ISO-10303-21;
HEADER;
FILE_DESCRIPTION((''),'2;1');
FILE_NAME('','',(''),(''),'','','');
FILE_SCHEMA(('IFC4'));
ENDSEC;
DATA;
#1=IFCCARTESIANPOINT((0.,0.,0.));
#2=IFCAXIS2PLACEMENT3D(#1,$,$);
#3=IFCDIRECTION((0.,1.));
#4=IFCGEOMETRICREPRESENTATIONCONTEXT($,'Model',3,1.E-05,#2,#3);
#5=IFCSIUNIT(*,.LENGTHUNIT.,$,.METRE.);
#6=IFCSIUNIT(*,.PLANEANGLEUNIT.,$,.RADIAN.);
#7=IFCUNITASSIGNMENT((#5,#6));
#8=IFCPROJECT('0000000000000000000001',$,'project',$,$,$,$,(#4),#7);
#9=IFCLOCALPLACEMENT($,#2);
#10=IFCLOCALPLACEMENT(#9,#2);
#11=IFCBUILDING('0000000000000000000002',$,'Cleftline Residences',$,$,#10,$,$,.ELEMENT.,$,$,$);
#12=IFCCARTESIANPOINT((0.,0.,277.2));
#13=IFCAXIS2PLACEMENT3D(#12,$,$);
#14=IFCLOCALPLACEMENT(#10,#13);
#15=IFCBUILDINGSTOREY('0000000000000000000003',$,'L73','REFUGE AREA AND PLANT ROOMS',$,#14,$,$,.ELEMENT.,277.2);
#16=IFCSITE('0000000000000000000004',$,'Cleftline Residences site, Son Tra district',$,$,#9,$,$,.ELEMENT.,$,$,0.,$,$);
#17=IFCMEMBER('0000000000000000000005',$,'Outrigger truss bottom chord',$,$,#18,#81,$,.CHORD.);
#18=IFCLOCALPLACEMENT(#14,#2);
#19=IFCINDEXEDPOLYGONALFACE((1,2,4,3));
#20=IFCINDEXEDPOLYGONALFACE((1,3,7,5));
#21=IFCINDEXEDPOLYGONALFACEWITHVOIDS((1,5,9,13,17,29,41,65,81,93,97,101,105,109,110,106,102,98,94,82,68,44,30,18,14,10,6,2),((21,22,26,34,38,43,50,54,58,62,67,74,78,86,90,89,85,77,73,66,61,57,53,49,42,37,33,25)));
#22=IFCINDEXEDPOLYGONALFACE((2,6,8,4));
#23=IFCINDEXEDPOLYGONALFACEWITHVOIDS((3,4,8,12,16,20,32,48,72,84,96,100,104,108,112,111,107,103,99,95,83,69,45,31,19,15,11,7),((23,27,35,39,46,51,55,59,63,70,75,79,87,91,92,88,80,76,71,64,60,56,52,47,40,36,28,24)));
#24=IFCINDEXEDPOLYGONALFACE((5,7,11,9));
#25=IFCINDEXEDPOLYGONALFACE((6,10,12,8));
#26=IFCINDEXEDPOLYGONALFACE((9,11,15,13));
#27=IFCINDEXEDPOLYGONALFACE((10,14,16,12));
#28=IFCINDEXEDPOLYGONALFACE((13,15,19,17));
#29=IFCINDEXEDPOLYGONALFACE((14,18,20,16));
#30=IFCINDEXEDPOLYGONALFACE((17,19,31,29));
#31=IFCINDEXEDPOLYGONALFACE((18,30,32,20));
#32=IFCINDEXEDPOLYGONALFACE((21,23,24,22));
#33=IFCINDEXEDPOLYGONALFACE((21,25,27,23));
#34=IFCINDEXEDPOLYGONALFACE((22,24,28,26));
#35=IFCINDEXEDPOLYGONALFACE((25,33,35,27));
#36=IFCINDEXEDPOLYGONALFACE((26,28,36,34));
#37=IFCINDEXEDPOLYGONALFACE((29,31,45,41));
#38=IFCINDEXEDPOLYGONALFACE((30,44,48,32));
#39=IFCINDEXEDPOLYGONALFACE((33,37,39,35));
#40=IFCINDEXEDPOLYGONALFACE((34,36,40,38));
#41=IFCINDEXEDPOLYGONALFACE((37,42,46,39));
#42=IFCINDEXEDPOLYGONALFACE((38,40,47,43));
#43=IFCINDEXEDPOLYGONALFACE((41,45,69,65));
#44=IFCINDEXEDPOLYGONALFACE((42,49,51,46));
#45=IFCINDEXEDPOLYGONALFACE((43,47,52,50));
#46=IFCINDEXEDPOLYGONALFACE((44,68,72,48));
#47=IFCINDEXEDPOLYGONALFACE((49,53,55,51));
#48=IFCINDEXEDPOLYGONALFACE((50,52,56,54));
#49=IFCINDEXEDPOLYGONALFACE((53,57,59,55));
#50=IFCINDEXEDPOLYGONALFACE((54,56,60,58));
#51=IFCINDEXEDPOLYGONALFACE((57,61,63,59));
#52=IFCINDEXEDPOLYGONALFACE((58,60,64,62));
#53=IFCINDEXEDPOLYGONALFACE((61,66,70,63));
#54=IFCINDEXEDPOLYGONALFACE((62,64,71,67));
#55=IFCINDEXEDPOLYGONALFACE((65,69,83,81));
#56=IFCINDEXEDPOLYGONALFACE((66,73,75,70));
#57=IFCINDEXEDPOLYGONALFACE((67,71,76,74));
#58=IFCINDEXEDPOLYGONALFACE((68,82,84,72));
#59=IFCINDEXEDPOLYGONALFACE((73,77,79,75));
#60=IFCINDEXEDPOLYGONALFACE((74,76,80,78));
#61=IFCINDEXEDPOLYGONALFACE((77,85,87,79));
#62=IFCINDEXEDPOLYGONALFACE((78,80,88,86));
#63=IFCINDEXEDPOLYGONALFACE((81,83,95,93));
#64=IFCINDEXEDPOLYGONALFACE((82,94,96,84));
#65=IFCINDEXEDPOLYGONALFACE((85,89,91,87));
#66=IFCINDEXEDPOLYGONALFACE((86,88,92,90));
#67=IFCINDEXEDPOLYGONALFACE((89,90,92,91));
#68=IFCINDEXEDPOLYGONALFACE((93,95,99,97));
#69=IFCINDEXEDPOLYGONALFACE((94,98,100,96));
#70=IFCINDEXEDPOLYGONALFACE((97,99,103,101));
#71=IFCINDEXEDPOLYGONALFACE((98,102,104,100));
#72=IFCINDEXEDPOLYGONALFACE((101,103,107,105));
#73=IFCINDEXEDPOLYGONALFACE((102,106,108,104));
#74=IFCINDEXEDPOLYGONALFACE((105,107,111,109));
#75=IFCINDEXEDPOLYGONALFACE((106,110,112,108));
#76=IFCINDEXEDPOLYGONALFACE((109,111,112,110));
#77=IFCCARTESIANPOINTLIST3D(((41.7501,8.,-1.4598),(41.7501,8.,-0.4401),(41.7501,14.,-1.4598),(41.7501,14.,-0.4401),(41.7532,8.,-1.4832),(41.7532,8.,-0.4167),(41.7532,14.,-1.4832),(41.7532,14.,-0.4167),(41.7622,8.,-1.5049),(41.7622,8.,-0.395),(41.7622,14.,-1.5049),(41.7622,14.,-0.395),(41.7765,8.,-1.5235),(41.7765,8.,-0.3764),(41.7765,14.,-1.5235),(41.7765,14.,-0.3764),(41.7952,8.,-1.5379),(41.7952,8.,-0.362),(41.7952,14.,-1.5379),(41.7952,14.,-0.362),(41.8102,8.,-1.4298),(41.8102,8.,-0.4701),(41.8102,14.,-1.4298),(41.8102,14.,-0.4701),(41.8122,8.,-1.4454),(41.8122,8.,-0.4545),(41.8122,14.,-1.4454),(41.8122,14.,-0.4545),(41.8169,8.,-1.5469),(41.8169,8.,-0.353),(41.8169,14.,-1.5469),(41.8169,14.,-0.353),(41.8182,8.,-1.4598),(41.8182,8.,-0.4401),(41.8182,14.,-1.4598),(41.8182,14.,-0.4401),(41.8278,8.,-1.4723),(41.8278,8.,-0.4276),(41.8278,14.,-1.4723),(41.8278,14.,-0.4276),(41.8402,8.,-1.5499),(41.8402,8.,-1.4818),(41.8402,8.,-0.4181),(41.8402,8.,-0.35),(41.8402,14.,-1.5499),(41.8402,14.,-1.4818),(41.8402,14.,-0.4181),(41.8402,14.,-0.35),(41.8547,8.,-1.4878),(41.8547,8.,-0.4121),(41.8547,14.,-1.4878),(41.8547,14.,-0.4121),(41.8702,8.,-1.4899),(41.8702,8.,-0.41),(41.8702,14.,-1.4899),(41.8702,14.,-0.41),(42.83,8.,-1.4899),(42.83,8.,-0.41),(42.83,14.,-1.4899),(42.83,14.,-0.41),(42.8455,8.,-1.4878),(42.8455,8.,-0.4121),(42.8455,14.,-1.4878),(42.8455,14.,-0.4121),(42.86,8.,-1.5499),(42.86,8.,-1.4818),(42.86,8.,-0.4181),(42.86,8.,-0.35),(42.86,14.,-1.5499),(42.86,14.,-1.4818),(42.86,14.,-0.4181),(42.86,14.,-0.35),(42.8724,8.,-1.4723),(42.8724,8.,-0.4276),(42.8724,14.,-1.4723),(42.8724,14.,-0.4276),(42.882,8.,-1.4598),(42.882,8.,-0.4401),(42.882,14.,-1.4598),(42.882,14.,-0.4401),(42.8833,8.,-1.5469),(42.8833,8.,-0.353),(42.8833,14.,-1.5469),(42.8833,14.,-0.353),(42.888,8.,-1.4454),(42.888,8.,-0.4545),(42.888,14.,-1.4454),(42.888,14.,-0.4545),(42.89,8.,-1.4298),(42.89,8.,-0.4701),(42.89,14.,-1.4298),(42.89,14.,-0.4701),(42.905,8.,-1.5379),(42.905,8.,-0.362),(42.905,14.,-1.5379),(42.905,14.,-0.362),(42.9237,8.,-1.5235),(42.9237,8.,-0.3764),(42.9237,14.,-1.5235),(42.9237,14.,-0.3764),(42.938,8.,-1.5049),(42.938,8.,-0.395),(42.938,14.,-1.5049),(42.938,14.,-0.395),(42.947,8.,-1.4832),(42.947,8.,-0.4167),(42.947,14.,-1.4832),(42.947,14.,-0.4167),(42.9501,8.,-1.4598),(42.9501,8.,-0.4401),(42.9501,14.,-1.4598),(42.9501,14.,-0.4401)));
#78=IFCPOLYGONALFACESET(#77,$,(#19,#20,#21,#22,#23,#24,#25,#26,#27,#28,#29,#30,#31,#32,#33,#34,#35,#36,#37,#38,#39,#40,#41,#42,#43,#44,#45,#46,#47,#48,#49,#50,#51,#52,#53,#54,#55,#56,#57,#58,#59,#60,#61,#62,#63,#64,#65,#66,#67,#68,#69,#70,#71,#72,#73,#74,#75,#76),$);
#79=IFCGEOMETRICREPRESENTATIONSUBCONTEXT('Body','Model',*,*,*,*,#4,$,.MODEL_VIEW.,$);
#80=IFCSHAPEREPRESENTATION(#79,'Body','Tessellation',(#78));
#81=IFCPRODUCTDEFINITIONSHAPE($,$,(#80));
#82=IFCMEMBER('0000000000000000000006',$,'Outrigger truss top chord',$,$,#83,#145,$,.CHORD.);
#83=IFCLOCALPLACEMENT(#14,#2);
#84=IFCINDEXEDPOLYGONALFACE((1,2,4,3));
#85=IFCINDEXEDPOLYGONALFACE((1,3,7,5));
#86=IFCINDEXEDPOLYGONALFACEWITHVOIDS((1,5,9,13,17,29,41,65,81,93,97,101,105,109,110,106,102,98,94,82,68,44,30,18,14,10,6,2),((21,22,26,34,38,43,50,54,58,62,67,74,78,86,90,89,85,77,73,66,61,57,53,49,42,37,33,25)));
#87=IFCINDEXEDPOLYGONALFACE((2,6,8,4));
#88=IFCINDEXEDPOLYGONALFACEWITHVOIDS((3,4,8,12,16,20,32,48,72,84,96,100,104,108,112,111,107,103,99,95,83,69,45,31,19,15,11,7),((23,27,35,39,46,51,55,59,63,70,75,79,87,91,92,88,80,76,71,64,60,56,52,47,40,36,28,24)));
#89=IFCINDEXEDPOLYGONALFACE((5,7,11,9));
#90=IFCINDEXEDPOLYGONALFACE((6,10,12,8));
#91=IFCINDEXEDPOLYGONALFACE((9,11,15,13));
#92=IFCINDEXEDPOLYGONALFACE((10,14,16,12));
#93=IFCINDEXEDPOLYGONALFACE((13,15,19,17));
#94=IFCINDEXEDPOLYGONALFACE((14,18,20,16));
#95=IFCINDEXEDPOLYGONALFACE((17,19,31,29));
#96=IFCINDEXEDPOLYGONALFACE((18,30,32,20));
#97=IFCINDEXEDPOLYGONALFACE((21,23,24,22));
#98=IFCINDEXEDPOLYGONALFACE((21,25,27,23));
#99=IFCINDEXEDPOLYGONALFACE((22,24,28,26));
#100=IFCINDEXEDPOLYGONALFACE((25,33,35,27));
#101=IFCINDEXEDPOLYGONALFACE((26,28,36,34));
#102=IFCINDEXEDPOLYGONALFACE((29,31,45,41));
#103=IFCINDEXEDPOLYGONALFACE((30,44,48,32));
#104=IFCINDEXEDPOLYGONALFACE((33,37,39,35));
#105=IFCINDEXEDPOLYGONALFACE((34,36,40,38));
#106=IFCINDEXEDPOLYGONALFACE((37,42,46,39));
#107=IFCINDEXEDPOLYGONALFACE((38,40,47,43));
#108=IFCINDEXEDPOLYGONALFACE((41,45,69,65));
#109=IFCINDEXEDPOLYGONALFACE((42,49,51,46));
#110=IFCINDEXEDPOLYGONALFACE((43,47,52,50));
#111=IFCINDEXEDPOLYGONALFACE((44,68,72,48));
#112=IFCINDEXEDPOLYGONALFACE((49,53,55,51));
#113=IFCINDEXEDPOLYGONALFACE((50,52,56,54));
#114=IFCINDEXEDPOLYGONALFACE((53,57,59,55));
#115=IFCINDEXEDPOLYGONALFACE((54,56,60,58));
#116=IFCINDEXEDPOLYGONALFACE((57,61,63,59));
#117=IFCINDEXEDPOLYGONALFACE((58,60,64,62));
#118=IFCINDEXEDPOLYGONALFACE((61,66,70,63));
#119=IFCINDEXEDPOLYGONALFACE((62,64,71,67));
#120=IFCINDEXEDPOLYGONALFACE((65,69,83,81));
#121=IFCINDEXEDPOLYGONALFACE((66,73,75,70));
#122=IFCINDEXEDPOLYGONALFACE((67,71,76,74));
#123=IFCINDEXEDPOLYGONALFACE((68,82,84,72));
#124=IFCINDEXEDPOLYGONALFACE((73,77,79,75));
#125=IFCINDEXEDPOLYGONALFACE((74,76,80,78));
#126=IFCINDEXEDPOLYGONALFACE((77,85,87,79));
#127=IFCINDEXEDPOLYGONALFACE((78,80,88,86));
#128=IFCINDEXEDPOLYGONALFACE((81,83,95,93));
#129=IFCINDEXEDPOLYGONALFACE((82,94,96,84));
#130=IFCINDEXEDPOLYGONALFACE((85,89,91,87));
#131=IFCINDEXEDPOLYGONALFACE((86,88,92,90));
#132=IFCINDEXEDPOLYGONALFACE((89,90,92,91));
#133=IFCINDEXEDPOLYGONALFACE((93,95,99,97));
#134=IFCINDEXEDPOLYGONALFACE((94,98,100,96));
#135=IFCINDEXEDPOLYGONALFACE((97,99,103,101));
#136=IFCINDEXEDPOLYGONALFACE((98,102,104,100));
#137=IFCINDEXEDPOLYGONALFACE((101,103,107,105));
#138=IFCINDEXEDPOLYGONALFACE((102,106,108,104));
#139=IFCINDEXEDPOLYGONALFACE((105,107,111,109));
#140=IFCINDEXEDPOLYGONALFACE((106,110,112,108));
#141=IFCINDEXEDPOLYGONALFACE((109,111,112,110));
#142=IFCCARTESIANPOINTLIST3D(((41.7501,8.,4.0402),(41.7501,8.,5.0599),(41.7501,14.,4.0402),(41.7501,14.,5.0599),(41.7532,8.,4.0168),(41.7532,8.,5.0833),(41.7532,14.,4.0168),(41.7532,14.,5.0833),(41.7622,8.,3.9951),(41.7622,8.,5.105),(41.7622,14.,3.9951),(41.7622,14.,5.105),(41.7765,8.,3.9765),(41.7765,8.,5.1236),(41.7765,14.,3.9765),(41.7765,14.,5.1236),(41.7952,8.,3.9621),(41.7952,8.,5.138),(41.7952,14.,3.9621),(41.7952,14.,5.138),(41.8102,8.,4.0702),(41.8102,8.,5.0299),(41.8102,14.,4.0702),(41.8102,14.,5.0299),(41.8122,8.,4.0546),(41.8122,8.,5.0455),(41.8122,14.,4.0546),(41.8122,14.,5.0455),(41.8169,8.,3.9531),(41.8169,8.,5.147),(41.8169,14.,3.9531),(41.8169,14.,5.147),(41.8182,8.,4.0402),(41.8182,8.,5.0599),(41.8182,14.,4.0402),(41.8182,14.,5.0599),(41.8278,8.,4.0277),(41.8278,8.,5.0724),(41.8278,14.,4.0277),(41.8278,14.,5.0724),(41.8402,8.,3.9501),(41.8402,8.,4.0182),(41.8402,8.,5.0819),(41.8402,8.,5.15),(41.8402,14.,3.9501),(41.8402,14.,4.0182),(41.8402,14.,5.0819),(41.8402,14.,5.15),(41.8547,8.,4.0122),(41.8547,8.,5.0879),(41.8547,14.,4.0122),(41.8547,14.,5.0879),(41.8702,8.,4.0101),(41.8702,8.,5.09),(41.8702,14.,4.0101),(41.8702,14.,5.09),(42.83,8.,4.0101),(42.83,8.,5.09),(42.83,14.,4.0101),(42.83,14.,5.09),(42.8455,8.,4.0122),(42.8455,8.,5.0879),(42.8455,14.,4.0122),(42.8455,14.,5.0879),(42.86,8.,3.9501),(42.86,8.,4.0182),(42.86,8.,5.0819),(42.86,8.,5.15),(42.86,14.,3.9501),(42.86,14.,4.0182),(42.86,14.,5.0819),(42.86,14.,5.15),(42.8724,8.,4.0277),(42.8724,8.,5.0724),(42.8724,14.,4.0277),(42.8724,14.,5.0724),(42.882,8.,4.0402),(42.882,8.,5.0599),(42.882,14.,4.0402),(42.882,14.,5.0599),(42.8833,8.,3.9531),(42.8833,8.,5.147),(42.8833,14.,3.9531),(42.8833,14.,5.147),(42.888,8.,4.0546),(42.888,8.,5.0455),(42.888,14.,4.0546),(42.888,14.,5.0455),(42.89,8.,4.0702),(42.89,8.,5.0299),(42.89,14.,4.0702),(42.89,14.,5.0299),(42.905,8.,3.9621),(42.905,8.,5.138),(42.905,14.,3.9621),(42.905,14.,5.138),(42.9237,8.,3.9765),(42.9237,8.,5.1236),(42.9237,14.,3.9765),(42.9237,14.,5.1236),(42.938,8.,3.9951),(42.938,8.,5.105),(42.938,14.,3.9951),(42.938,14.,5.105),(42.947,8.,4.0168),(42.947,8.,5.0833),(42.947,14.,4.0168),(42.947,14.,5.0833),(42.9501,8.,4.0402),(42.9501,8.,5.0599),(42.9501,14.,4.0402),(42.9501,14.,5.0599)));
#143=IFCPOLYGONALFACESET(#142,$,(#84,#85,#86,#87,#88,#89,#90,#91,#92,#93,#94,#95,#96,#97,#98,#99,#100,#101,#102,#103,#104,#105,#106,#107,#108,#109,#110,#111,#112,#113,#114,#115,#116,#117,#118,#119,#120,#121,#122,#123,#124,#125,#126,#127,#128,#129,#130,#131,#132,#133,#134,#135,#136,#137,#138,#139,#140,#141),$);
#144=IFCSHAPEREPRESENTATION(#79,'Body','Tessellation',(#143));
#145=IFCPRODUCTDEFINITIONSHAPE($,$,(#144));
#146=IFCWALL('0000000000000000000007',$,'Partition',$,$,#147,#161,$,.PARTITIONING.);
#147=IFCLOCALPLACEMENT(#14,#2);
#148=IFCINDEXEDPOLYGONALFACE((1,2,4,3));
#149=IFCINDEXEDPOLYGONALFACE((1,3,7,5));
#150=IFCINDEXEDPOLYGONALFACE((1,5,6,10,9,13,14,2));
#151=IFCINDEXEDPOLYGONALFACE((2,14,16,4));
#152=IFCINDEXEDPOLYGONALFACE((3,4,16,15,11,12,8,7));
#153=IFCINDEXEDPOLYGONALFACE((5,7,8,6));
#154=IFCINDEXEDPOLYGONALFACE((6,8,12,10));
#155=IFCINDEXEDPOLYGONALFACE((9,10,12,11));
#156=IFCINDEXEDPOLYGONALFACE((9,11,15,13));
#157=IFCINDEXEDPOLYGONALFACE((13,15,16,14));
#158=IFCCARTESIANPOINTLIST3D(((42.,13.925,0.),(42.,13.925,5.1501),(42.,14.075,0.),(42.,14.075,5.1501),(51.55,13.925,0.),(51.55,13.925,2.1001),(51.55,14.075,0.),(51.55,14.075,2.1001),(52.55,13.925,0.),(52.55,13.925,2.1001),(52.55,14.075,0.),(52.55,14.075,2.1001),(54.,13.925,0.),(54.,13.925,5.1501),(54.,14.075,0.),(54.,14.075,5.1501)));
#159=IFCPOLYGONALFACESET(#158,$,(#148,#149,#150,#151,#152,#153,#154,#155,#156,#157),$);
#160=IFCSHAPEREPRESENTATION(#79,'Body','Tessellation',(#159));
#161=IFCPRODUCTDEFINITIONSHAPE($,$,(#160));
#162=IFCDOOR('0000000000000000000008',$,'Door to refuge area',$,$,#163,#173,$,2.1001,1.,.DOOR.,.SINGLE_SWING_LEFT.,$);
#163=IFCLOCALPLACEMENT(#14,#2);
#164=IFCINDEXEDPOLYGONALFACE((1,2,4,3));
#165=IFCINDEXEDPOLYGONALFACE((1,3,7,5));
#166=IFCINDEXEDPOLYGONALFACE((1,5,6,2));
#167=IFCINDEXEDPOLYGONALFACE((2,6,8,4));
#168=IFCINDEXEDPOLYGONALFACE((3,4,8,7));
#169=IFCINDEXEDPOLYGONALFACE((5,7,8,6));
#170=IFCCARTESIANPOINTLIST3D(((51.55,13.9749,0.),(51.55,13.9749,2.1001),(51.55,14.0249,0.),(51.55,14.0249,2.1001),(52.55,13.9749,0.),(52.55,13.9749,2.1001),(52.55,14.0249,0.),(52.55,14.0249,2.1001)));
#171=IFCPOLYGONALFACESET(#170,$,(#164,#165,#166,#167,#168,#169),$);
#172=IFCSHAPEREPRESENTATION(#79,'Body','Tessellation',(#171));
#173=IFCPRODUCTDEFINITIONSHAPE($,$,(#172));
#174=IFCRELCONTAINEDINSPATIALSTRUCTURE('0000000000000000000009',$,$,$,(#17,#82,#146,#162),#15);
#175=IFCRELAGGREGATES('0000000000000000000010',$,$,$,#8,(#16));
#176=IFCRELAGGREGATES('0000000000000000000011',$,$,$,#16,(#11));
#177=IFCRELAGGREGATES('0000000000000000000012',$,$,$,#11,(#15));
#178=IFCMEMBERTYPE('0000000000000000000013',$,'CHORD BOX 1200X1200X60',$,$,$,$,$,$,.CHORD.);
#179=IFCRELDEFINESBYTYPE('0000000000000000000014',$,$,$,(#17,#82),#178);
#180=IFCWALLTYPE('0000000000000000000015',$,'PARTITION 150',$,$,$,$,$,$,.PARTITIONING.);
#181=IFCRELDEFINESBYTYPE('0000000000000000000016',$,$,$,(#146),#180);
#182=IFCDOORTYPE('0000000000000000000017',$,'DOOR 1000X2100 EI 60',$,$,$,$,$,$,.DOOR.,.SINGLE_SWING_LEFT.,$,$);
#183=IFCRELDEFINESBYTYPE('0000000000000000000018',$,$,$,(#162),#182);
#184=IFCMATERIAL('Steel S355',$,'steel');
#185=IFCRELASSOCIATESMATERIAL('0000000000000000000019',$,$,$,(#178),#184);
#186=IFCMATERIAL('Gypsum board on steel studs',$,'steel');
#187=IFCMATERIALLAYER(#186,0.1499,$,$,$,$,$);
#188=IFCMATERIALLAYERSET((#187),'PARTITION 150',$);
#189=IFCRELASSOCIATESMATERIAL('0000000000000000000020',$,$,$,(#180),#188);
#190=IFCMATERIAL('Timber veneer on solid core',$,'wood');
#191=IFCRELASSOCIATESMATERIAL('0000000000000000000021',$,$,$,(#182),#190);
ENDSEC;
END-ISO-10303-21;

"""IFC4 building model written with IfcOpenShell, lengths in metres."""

from ifc_helpers import new_model, si_unit, direction, frame, frame_2d, origin, origin_2d, place, context, subcontext, project, spatial, rectangle, hollow_rectangle, extrude, material, layer, layer_set, material_profile, profile_set, type_object, element, fill, save


model = new_model("IFC4")

# Units and contexts
model_context = context("Model", 3, precision=1e-05, world=origin(), true_north=direction((0.0, 1.0)))
body_context = subcontext(model_context, "Body", "Model", "MODEL_VIEW")
ifc_project = project(units=[si_unit("LENGTHUNIT", "METRE"), si_unit("PLANEANGLEUNIT", "RADIAN")], contexts=[model_context])

# Site, building, storey
site_placement = place(None, origin())
site = spatial("IfcSite", under=ifc_project, at=site_placement, Name="Cleftline Residences site, Son Tra district", CompositionType="ELEMENT", RefElevation=0.0)
building_placement = place(site_placement, origin())
building = spatial("IfcBuilding", under=site, at=building_placement, Name="Cleftline Residences", CompositionType="ELEMENT")
storey_placement = place(building_placement, frame((0.0, 0.0, 277.2)))
storey = spatial("IfcBuildingStorey", under=building, at=storey_placement, Name="L73", Description="REFUGE AREA AND PLANT ROOMS", CompositionType="ELEMENT", Elevation=277.2)

# Members
ifc_material_1 = material(Name="Steel S355", Category="steel")
ifc_material_profile_1 = material_profile(ifc_material_1, hollow_rectangle(XDim=1.2, YDim=1.2, WallThickness=0.0601, InnerFilletRadius=0.0601, OuterFilletRadius=0.0901, at=origin_2d()))
ifc_profile_set_1 = profile_set([ifc_material_profile_1], Name="Steel S355")
member_type_1 = type_object("IfcMemberType", Name="CHORD BOX 1200X1200X60", PredefinedType="CHORD", material=ifc_profile_set_1)
for number, where, z_axis, x_axis, name in (
    (1, (42.3501, 8.0, -0.95), (0.0, 1.0, 0.0), (-1.0, 0.0, 0.0), "Outrigger truss bottom chord"),
    (2, (42.3501, 8.0, 4.55), (0.0, 1.0, 0.0), (-1.0, 0.0, 0.0), "Outrigger truss top chord"),
):
    element("IfcMember", number, at=place(storey_placement, frame(where, z_axis=z_axis, x_axis=x_axis)), inside=storey, type_object=member_type_1, Name=name, PredefinedType="CHORD", context=body_context, shape_type="SweptSolid", body=[
        extrude(hollow_rectangle(XDim=1.2, YDim=1.2, WallThickness=0.0601, InnerFilletRadius=0.0601, OuterFilletRadius=0.0901, at=origin_2d()), origin(), (0.0, 0.0, 1.0), 6.0),
    ])

# Wall, opening, door
ifc_material_2 = material(Name="Gypsum board on steel studs", Category="steel")
ifc_layer_1 = layer(ifc_material_2, 0.1499)
ifc_layer_set_1 = layer_set([ifc_layer_1], Name="PARTITION 150")
wall_type_1 = type_object("IfcWallType", Name="PARTITION 150", PredefinedType="PARTITIONING", material=ifc_layer_set_1)
wall_1_placement = place(storey_placement, frame((42.0, 14.0, 0.0), z_axis=(0.0, 0.0, 1.0), x_axis=(1.0, 0.0, 0.0)))
wall_1 = element("IfcWall", 3, at=wall_1_placement, inside=storey, type_object=wall_type_1, Name="Partition", PredefinedType="PARTITIONING", context=body_context, shape_type="SweptSolid", body=[
    extrude(rectangle(XDim=12.0, YDim=0.1499, at=frame_2d((6.0, 0.0))), origin(), (0.0, 0.0, 1.0), 5.1501),
])
opening_1_placement = place(wall_1_placement, frame((9.55, 0.0, 0.0)))
opening_1 = element("IfcOpeningElement", 4, at=opening_1_placement, cuts=wall_1, PredefinedType="OPENING", context=body_context, shape_type="SweptSolid", body=[
    extrude(rectangle(XDim=1.0, YDim=2.1001, at=frame_2d((0.5, 1.05))), frame((0.0, 0.085, 0.0), z_axis=(0.0, -1.0, 0.0), x_axis=(1.0, 0.0, 0.0)), (0.0, 0.0, 1.0), 0.1699),
])
ifc_material_3 = material(Name="Timber veneer on solid core", Category="wood")
door_type_1 = type_object("IfcDoorType", Name="DOOR 1000X2100 EI 60", OperationType="SINGLE_SWING_LEFT", PredefinedType="DOOR", material=ifc_material_3)
door_1_placement = place(opening_1_placement, origin())
door_1 = element("IfcDoor", 5, at=door_1_placement, inside=storey, type_object=door_type_1, Name="Door to refuge area", OperationType="SINGLE_SWING_LEFT", OverallHeight=2.1001, OverallWidth=1.0, PredefinedType="DOOR", context=body_context, shape_type="SweptSolid", body=[
    extrude(rectangle(XDim=1.0, YDim=2.1001, at=frame_2d((0.5, 1.05))), frame((0.0, 0.0249, 0.0), z_axis=(0.0, -1.0, 0.0), x_axis=(1.0, 0.0, 0.0)), (0.0, 0.0, 1.0), 0.05),
])
fill(opening_1, door_1)

save(model, "model.ifc")
